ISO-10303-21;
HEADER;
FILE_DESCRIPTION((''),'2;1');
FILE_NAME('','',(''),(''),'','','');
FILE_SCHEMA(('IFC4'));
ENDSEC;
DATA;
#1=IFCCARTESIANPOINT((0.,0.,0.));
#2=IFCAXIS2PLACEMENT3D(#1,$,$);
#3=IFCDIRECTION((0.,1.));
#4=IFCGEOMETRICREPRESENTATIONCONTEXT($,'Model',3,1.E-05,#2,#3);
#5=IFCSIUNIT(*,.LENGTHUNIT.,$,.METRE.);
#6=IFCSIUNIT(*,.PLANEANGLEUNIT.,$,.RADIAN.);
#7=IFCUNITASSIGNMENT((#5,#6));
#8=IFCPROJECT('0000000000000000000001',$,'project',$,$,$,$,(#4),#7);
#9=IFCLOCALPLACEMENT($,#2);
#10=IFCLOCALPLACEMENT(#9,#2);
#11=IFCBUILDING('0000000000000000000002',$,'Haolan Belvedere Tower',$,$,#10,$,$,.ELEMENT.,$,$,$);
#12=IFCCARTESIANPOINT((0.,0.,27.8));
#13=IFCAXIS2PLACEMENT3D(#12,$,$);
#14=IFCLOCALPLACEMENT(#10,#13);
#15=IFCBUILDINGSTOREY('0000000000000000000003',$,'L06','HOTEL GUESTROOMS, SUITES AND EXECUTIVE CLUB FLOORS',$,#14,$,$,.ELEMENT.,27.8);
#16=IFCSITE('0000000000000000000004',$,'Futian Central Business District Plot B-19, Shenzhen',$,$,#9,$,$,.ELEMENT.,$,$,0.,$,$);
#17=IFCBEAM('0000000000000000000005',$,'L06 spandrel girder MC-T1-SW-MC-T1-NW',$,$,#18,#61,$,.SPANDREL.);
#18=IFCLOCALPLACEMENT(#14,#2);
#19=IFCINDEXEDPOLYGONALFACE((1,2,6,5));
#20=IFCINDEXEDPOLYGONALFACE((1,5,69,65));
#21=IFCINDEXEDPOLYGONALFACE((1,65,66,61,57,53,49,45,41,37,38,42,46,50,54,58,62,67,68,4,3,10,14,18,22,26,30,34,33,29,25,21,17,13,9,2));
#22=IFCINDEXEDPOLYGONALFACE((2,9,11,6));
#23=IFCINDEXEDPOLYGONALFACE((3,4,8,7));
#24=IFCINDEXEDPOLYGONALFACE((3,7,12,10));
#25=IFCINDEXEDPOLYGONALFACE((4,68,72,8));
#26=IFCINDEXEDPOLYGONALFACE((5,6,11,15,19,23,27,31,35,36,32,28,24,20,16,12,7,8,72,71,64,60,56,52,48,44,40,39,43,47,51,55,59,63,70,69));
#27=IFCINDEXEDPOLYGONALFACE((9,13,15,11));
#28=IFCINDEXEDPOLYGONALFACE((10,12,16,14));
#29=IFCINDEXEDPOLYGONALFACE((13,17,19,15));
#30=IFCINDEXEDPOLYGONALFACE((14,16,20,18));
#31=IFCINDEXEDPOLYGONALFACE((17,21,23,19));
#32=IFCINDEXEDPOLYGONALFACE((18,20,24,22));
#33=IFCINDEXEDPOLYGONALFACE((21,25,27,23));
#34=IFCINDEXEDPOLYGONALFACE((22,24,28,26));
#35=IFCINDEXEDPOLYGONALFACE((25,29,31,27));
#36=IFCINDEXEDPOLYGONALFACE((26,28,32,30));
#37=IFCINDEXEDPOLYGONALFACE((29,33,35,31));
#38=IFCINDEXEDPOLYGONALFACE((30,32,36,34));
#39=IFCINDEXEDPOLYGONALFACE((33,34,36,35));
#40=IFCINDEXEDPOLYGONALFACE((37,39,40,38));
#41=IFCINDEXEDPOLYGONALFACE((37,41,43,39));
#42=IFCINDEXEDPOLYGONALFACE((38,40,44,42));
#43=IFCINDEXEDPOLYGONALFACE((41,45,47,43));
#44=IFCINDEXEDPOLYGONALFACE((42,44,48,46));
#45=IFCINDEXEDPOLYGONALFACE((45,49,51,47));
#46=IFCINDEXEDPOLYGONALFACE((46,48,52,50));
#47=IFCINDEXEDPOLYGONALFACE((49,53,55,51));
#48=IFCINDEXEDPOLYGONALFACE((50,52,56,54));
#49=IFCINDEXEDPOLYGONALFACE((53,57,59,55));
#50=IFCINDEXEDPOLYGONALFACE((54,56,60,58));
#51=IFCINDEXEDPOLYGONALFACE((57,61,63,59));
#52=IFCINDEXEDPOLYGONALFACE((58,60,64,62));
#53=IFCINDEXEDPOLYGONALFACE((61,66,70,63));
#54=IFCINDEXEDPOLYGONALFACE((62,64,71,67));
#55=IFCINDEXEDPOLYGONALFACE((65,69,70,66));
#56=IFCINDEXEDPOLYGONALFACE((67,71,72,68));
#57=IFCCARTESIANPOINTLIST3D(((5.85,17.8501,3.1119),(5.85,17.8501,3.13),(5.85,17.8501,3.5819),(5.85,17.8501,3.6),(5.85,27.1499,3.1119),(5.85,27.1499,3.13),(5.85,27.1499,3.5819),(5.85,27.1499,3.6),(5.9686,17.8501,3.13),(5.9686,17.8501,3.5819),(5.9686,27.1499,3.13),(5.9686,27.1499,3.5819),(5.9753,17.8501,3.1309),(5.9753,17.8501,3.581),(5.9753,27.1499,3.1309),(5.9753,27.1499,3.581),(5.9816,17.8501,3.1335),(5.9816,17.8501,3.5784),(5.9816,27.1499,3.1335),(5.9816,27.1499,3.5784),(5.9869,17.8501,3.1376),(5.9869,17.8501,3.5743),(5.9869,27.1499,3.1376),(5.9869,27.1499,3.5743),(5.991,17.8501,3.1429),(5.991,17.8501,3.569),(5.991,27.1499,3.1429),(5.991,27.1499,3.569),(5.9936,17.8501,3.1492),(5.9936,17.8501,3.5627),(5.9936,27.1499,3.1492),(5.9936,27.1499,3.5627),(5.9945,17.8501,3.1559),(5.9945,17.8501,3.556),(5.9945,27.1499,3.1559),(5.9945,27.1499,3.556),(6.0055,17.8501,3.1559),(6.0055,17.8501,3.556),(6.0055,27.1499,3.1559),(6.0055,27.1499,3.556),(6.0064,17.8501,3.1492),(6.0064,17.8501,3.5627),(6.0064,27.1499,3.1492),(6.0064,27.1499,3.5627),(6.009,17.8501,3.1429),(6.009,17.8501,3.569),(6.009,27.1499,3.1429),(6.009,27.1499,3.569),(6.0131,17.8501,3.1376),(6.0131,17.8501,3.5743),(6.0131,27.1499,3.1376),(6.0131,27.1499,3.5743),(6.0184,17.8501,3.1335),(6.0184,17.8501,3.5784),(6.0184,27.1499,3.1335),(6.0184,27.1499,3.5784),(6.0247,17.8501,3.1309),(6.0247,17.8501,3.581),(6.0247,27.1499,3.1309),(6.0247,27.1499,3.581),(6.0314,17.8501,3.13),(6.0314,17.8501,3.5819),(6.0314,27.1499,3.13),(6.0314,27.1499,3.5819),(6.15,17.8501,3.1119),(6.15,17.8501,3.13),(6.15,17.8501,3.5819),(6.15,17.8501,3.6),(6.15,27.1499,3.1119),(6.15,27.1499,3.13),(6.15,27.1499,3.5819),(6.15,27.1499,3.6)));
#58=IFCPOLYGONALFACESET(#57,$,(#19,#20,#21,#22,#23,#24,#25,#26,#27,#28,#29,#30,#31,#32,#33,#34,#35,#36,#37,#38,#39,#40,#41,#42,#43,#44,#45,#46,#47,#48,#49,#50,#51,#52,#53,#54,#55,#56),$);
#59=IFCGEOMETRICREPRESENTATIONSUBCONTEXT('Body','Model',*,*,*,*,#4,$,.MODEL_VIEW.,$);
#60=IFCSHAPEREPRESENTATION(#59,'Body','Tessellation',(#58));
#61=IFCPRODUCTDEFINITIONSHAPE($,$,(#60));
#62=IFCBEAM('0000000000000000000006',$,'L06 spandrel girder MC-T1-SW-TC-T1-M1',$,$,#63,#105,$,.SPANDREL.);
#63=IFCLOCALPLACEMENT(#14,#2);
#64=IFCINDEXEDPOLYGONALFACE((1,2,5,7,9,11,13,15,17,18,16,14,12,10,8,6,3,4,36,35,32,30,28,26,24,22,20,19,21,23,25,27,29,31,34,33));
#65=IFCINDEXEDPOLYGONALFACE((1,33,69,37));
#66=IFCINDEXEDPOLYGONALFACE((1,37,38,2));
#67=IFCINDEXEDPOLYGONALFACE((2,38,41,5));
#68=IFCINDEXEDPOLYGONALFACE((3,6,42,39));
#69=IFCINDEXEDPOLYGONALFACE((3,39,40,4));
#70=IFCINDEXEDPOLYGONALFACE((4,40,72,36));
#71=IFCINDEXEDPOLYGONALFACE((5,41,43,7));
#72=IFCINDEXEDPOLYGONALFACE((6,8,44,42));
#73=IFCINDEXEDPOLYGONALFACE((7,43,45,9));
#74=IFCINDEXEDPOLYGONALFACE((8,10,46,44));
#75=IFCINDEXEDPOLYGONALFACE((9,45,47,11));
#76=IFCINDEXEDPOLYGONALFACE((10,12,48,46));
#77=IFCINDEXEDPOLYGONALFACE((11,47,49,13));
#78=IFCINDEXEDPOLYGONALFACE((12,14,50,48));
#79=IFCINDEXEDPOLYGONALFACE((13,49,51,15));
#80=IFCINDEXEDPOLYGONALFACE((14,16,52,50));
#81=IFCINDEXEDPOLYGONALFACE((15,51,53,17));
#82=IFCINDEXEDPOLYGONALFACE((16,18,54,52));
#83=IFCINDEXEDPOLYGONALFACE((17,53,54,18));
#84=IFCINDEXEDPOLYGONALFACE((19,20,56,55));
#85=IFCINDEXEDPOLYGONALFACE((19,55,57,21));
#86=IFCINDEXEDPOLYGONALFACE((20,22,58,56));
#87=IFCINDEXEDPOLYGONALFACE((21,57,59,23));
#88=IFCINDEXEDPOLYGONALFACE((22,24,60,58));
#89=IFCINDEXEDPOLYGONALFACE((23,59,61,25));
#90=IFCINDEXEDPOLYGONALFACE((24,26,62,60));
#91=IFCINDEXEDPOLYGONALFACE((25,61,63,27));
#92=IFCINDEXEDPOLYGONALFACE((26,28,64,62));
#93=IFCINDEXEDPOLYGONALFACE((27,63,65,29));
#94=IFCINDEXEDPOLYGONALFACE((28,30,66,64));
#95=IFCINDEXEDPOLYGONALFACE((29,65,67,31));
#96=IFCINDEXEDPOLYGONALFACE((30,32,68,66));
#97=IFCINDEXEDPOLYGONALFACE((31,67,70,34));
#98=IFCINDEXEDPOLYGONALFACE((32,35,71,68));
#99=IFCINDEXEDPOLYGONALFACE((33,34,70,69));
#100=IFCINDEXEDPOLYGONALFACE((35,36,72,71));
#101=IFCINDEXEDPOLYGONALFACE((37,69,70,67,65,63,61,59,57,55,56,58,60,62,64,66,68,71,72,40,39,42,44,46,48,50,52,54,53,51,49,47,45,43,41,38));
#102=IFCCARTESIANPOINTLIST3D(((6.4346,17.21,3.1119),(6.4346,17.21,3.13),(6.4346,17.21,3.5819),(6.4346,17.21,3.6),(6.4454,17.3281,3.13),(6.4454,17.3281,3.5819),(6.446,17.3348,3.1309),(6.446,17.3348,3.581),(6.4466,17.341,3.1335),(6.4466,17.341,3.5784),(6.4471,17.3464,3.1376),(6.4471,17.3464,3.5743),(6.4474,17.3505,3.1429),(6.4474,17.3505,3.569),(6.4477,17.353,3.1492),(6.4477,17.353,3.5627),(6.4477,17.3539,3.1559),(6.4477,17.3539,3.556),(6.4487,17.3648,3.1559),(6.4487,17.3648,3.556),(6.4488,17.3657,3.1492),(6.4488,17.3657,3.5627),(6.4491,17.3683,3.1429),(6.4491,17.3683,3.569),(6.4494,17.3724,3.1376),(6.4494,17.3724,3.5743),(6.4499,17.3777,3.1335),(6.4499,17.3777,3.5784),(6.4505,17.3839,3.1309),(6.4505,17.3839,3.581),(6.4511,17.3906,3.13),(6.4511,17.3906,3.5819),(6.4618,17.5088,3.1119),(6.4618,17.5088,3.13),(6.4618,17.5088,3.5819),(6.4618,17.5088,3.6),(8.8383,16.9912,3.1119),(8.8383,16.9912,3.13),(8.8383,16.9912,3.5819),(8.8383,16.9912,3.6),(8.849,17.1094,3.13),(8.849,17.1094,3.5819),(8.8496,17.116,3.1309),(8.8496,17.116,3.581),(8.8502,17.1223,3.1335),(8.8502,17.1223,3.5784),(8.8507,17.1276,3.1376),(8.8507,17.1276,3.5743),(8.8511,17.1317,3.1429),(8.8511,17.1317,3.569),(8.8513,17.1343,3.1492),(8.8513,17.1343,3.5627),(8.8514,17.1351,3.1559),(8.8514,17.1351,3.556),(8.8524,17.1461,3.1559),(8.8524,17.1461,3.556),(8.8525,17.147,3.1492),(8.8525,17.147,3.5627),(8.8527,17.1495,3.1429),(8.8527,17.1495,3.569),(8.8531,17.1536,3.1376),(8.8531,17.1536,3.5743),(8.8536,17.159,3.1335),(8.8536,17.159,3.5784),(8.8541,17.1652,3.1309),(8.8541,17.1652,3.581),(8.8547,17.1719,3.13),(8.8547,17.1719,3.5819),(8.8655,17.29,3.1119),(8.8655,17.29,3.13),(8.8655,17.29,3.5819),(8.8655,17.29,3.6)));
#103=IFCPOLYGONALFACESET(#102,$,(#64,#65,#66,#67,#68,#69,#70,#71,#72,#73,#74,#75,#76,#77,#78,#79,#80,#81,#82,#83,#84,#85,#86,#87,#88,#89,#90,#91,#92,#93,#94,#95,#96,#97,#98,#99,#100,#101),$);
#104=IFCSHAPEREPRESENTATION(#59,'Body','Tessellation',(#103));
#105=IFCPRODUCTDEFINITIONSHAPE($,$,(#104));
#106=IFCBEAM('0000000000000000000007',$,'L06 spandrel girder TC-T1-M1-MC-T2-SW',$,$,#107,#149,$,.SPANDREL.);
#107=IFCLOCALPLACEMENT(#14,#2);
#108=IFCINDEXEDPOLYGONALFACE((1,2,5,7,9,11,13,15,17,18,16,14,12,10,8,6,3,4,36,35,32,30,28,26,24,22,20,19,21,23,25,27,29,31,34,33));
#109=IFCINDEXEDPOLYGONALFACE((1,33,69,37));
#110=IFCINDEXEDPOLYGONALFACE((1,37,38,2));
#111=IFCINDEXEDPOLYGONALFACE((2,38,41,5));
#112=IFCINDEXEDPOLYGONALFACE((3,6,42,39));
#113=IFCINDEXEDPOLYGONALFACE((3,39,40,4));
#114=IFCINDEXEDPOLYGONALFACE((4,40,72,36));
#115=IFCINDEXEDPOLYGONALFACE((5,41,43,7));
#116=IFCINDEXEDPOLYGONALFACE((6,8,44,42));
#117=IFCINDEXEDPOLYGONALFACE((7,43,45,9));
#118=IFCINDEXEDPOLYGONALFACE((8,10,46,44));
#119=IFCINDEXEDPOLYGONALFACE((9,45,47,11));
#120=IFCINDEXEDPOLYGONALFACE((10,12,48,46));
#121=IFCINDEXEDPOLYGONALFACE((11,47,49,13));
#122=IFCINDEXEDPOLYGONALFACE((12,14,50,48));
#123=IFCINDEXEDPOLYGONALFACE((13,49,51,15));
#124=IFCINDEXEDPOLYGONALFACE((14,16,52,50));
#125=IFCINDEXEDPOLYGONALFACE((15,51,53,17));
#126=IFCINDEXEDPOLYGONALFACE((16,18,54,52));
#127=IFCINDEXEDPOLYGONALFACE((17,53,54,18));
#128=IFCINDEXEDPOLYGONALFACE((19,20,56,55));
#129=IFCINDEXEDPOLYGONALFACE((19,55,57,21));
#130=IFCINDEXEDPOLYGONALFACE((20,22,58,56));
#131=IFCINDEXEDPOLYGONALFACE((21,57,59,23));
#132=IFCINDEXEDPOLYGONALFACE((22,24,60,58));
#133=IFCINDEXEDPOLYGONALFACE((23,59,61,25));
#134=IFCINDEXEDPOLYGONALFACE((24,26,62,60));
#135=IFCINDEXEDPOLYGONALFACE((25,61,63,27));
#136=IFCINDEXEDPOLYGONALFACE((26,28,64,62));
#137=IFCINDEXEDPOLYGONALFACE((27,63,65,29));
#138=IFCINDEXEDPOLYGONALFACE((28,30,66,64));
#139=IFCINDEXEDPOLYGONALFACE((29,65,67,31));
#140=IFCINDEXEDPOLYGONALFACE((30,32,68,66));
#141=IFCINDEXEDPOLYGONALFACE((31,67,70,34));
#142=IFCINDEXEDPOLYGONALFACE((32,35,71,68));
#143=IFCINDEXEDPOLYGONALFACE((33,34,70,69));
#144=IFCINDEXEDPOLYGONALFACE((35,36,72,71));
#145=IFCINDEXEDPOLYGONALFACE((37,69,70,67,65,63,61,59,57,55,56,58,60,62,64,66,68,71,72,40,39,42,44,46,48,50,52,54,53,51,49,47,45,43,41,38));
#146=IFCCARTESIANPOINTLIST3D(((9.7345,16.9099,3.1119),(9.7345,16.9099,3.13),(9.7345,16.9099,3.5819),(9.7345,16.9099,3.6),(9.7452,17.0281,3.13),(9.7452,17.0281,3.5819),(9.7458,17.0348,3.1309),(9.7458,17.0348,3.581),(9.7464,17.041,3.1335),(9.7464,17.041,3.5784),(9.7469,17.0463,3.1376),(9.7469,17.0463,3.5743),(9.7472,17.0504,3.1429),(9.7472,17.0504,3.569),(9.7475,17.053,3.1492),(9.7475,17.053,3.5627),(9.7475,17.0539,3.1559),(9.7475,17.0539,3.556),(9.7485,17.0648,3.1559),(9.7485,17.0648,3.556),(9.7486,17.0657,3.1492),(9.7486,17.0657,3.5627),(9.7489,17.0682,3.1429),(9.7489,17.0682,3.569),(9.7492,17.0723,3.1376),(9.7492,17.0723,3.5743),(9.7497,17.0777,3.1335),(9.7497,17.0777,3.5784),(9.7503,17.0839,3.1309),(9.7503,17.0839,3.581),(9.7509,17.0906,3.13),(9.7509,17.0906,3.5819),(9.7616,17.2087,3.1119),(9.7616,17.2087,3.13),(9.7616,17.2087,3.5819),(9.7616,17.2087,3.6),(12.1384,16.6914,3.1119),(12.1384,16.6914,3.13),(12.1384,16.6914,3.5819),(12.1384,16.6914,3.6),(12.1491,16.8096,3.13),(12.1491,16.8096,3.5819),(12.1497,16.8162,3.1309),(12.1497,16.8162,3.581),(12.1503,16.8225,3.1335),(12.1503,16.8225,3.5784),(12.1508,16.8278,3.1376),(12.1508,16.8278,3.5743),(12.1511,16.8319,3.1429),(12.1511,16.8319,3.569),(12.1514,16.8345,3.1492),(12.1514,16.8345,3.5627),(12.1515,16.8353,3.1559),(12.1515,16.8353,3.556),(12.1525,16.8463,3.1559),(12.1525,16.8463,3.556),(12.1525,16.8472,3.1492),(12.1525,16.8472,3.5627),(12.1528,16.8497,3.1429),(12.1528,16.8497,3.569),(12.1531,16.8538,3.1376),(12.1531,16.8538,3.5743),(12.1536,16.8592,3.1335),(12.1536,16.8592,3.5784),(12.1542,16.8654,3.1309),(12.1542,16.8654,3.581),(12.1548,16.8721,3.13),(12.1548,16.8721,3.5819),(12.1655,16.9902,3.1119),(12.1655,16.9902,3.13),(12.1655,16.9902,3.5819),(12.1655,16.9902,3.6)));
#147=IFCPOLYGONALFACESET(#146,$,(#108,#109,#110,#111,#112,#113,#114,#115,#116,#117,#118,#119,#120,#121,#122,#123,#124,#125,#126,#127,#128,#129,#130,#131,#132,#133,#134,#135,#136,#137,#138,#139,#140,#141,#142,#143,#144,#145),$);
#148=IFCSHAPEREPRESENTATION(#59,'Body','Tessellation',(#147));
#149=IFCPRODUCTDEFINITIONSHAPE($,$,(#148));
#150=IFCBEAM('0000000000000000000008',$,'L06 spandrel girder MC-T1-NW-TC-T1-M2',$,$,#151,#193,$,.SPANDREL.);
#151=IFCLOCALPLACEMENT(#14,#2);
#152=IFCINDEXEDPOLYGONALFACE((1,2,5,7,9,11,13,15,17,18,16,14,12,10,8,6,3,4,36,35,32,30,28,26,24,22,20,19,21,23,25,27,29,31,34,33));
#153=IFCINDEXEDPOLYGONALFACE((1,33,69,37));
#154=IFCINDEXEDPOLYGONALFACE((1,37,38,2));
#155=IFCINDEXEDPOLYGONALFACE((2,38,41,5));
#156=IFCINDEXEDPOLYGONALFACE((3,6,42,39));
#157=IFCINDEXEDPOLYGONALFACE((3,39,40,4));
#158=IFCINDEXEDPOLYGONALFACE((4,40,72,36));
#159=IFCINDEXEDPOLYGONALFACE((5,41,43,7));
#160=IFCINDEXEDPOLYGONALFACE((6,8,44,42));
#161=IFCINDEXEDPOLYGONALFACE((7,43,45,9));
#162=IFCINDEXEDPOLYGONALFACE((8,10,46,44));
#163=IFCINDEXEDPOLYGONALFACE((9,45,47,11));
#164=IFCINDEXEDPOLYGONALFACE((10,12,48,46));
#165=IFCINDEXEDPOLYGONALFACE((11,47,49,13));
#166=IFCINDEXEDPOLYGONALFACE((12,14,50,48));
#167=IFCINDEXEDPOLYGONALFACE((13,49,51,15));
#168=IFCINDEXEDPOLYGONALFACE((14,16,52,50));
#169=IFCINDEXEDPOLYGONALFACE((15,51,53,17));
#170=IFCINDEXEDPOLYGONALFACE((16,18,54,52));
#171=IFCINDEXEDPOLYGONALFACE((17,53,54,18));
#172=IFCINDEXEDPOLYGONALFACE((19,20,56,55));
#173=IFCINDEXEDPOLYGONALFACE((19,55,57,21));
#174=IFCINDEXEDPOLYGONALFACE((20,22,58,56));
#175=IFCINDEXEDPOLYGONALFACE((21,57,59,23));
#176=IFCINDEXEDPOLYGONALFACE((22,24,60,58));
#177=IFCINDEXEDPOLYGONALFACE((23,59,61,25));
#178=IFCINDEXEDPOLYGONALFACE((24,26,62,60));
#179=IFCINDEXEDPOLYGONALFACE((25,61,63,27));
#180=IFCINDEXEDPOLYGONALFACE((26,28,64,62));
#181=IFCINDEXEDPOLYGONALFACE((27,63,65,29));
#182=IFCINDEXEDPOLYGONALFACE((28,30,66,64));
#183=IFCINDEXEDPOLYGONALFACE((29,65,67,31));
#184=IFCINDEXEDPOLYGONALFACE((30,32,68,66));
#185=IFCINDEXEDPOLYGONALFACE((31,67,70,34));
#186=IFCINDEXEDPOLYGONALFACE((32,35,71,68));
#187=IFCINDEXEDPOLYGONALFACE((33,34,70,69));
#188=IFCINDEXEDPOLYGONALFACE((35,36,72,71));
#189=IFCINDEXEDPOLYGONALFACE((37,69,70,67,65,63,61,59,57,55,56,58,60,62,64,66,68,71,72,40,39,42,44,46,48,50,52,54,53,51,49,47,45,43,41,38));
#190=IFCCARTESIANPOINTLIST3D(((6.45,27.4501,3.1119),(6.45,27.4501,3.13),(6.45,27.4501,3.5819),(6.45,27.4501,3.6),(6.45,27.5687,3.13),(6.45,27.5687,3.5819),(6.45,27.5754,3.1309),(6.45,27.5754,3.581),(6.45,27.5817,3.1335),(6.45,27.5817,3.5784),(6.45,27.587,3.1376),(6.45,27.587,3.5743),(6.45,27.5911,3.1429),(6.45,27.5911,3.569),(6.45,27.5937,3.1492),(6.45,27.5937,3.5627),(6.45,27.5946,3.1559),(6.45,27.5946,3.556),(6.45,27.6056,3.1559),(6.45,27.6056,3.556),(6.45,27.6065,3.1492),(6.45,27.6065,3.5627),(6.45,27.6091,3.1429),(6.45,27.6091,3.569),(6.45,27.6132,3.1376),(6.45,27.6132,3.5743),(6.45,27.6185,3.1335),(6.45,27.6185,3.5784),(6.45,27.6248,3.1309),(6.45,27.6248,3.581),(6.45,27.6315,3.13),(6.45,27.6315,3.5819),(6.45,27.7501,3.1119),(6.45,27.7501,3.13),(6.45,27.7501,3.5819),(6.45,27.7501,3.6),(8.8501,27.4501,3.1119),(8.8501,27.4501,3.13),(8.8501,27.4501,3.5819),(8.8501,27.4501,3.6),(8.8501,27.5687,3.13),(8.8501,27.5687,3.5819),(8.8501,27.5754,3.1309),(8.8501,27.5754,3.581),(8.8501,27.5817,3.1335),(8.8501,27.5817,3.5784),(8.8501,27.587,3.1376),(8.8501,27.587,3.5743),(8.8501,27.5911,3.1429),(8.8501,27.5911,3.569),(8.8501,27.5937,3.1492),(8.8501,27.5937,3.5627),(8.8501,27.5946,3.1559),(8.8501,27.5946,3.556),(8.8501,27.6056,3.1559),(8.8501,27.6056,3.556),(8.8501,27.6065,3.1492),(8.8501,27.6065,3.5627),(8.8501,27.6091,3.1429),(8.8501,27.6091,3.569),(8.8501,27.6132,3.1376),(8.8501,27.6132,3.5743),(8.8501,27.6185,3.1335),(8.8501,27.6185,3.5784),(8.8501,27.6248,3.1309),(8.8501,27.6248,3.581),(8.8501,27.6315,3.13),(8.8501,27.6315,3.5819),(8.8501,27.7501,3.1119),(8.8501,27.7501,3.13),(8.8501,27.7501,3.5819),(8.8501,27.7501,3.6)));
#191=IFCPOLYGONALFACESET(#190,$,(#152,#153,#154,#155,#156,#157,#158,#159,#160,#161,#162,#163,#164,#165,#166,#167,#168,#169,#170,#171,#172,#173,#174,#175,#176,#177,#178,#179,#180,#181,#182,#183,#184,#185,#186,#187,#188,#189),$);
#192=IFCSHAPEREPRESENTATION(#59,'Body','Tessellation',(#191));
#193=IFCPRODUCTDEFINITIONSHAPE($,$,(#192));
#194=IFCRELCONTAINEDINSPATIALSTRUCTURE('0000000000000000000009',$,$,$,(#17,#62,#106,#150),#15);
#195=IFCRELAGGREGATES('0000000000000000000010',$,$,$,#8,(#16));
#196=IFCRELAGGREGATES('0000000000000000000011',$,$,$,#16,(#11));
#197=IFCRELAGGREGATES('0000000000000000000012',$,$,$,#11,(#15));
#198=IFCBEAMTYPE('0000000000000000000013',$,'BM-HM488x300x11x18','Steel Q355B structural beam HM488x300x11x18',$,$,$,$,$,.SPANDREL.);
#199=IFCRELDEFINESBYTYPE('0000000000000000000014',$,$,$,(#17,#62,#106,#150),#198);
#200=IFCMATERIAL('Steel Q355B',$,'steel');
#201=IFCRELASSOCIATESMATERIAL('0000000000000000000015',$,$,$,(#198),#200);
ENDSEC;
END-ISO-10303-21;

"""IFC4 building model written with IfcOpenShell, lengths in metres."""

from ifc_helpers import new_model, si_unit, direction, frame, origin, origin_2d, place, context, subcontext, project, spatial, i_section, extrude, material, material_profile, profile_set, type_object, element, save


model = new_model("IFC4")

# Units and contexts
model_context = context("Model", 3, precision=1e-05, world=origin(), true_north=direction((0.0, 1.0)))
body_context = subcontext(model_context, "Body", "Model", "MODEL_VIEW")
ifc_project = project(units=[si_unit("LENGTHUNIT", "METRE"), si_unit("PLANEANGLEUNIT", "RADIAN")], contexts=[model_context])

# Site, building, storey
site_placement = place(None, origin())
site = spatial("IfcSite", under=ifc_project, at=site_placement, Name="Futian Central Business District Plot B-19, Shenzhen", CompositionType="ELEMENT", RefElevation=0.0)
building_placement = place(site_placement, origin())
building = spatial("IfcBuilding", under=site, at=building_placement, Name="Haolan Belvedere Tower", CompositionType="ELEMENT")
storey_placement = place(building_placement, frame((0.0, 0.0, 27.8)))
storey = spatial("IfcBuildingStorey", under=building, at=storey_placement, Name="L06", Description="HOTEL GUESTROOMS, SUITES AND EXECUTIVE CLUB FLOORS", CompositionType="ELEMENT", Elevation=27.8)

# Shared definitions
ifc_material_1 = material(Name="Steel Q355B", Category="steel")

# Beams
ifc_material_profile_1 = material_profile(ifc_material_1, i_section(OverallWidth=0.3, OverallDepth=0.488, WebThickness=0.011, FlangeThickness=0.0181, FilletRadius=0.0259, at=origin_2d()), Name="Steel Q355B")
ifc_profile_set_1 = profile_set([ifc_material_profile_1], Name="Steel Q355B")
beam_type_1 = type_object("IfcBeamType", Name="BM-HM488x300x11x18", Description="Steel Q355B structural beam HM488x300x11x18", PredefinedType="SPANDREL", material=ifc_profile_set_1)
beam_1_placement = place(storey_placement, frame((6.0, 17.8501, 3.356), z_axis=(0.0, 1.0, 0.0), x_axis=(-1.0, 0.0, 0.0)))
element("IfcBeam", 1, at=beam_1_placement, inside=storey, type_object=beam_type_1, Name="L06 spandrel girder MC-T1-SW-MC-T1-NW", PredefinedType="SPANDREL", context=body_context, shape_type="SweptSolid", body=[
    extrude(i_section(OverallWidth=0.3, OverallDepth=0.488, WebThickness=0.011, FlangeThickness=0.0181, FilletRadius=0.0259, at=origin_2d()), origin(), (0.0, 0.0, 1.0), 9.2998),
])
beam_2_placement = place(storey_placement, frame((6.4482, 17.3594, 3.356), z_axis=(0.995884, -0.090636, 0.0), x_axis=(0.090636, 0.995884, 0.0)))
element("IfcBeam", 2, at=beam_2_placement, inside=storey, type_object=beam_type_1, Name="L06 spandrel girder MC-T1-SW-TC-T1-M1", PredefinedType="SPANDREL", context=body_context, shape_type="SweptSolid", body=[
    extrude(i_section(OverallWidth=0.3, OverallDepth=0.488, WebThickness=0.011, FlangeThickness=0.0181, FilletRadius=0.0259, at=origin_2d()), origin(), (0.0, 0.0, 1.0), 2.4136),
])
beam_3_placement = place(storey_placement, frame((9.748, 17.0593, 3.356), z_axis=(0.995894, -0.090527, 0.0), x_axis=(0.090527, 0.995894, 0.0)))
element("IfcBeam", 3, at=beam_3_placement, inside=storey, type_object=beam_type_1, Name="L06 spandrel girder TC-T1-M1-MC-T2-SW", PredefinedType="SPANDREL", context=body_context, shape_type="SweptSolid", body=[
    extrude(i_section(OverallWidth=0.3, OverallDepth=0.488, WebThickness=0.011, FlangeThickness=0.0181, FilletRadius=0.0259, at=origin_2d()), origin(), (0.0, 0.0, 1.0), 2.4138),
])
beam_4_placement = place(storey_placement, frame((6.45, 27.6001, 3.356), z_axis=(1.0, 0.0, 0.0), x_axis=(0.0, 1.0, 0.0)))
element("IfcBeam", 4, at=beam_4_placement, inside=storey, type_object=beam_type_1, Name="L06 spandrel girder MC-T1-NW-TC-T1-M2", PredefinedType="SPANDREL", context=body_context, shape_type="SweptSolid", body=[
    extrude(i_section(OverallWidth=0.3, OverallDepth=0.488, WebThickness=0.011, FlangeThickness=0.0181, FilletRadius=0.0259, at=origin_2d()), origin(), (0.0, 0.0, 1.0), 2.4001),
])

save(model, "model.ifc")
